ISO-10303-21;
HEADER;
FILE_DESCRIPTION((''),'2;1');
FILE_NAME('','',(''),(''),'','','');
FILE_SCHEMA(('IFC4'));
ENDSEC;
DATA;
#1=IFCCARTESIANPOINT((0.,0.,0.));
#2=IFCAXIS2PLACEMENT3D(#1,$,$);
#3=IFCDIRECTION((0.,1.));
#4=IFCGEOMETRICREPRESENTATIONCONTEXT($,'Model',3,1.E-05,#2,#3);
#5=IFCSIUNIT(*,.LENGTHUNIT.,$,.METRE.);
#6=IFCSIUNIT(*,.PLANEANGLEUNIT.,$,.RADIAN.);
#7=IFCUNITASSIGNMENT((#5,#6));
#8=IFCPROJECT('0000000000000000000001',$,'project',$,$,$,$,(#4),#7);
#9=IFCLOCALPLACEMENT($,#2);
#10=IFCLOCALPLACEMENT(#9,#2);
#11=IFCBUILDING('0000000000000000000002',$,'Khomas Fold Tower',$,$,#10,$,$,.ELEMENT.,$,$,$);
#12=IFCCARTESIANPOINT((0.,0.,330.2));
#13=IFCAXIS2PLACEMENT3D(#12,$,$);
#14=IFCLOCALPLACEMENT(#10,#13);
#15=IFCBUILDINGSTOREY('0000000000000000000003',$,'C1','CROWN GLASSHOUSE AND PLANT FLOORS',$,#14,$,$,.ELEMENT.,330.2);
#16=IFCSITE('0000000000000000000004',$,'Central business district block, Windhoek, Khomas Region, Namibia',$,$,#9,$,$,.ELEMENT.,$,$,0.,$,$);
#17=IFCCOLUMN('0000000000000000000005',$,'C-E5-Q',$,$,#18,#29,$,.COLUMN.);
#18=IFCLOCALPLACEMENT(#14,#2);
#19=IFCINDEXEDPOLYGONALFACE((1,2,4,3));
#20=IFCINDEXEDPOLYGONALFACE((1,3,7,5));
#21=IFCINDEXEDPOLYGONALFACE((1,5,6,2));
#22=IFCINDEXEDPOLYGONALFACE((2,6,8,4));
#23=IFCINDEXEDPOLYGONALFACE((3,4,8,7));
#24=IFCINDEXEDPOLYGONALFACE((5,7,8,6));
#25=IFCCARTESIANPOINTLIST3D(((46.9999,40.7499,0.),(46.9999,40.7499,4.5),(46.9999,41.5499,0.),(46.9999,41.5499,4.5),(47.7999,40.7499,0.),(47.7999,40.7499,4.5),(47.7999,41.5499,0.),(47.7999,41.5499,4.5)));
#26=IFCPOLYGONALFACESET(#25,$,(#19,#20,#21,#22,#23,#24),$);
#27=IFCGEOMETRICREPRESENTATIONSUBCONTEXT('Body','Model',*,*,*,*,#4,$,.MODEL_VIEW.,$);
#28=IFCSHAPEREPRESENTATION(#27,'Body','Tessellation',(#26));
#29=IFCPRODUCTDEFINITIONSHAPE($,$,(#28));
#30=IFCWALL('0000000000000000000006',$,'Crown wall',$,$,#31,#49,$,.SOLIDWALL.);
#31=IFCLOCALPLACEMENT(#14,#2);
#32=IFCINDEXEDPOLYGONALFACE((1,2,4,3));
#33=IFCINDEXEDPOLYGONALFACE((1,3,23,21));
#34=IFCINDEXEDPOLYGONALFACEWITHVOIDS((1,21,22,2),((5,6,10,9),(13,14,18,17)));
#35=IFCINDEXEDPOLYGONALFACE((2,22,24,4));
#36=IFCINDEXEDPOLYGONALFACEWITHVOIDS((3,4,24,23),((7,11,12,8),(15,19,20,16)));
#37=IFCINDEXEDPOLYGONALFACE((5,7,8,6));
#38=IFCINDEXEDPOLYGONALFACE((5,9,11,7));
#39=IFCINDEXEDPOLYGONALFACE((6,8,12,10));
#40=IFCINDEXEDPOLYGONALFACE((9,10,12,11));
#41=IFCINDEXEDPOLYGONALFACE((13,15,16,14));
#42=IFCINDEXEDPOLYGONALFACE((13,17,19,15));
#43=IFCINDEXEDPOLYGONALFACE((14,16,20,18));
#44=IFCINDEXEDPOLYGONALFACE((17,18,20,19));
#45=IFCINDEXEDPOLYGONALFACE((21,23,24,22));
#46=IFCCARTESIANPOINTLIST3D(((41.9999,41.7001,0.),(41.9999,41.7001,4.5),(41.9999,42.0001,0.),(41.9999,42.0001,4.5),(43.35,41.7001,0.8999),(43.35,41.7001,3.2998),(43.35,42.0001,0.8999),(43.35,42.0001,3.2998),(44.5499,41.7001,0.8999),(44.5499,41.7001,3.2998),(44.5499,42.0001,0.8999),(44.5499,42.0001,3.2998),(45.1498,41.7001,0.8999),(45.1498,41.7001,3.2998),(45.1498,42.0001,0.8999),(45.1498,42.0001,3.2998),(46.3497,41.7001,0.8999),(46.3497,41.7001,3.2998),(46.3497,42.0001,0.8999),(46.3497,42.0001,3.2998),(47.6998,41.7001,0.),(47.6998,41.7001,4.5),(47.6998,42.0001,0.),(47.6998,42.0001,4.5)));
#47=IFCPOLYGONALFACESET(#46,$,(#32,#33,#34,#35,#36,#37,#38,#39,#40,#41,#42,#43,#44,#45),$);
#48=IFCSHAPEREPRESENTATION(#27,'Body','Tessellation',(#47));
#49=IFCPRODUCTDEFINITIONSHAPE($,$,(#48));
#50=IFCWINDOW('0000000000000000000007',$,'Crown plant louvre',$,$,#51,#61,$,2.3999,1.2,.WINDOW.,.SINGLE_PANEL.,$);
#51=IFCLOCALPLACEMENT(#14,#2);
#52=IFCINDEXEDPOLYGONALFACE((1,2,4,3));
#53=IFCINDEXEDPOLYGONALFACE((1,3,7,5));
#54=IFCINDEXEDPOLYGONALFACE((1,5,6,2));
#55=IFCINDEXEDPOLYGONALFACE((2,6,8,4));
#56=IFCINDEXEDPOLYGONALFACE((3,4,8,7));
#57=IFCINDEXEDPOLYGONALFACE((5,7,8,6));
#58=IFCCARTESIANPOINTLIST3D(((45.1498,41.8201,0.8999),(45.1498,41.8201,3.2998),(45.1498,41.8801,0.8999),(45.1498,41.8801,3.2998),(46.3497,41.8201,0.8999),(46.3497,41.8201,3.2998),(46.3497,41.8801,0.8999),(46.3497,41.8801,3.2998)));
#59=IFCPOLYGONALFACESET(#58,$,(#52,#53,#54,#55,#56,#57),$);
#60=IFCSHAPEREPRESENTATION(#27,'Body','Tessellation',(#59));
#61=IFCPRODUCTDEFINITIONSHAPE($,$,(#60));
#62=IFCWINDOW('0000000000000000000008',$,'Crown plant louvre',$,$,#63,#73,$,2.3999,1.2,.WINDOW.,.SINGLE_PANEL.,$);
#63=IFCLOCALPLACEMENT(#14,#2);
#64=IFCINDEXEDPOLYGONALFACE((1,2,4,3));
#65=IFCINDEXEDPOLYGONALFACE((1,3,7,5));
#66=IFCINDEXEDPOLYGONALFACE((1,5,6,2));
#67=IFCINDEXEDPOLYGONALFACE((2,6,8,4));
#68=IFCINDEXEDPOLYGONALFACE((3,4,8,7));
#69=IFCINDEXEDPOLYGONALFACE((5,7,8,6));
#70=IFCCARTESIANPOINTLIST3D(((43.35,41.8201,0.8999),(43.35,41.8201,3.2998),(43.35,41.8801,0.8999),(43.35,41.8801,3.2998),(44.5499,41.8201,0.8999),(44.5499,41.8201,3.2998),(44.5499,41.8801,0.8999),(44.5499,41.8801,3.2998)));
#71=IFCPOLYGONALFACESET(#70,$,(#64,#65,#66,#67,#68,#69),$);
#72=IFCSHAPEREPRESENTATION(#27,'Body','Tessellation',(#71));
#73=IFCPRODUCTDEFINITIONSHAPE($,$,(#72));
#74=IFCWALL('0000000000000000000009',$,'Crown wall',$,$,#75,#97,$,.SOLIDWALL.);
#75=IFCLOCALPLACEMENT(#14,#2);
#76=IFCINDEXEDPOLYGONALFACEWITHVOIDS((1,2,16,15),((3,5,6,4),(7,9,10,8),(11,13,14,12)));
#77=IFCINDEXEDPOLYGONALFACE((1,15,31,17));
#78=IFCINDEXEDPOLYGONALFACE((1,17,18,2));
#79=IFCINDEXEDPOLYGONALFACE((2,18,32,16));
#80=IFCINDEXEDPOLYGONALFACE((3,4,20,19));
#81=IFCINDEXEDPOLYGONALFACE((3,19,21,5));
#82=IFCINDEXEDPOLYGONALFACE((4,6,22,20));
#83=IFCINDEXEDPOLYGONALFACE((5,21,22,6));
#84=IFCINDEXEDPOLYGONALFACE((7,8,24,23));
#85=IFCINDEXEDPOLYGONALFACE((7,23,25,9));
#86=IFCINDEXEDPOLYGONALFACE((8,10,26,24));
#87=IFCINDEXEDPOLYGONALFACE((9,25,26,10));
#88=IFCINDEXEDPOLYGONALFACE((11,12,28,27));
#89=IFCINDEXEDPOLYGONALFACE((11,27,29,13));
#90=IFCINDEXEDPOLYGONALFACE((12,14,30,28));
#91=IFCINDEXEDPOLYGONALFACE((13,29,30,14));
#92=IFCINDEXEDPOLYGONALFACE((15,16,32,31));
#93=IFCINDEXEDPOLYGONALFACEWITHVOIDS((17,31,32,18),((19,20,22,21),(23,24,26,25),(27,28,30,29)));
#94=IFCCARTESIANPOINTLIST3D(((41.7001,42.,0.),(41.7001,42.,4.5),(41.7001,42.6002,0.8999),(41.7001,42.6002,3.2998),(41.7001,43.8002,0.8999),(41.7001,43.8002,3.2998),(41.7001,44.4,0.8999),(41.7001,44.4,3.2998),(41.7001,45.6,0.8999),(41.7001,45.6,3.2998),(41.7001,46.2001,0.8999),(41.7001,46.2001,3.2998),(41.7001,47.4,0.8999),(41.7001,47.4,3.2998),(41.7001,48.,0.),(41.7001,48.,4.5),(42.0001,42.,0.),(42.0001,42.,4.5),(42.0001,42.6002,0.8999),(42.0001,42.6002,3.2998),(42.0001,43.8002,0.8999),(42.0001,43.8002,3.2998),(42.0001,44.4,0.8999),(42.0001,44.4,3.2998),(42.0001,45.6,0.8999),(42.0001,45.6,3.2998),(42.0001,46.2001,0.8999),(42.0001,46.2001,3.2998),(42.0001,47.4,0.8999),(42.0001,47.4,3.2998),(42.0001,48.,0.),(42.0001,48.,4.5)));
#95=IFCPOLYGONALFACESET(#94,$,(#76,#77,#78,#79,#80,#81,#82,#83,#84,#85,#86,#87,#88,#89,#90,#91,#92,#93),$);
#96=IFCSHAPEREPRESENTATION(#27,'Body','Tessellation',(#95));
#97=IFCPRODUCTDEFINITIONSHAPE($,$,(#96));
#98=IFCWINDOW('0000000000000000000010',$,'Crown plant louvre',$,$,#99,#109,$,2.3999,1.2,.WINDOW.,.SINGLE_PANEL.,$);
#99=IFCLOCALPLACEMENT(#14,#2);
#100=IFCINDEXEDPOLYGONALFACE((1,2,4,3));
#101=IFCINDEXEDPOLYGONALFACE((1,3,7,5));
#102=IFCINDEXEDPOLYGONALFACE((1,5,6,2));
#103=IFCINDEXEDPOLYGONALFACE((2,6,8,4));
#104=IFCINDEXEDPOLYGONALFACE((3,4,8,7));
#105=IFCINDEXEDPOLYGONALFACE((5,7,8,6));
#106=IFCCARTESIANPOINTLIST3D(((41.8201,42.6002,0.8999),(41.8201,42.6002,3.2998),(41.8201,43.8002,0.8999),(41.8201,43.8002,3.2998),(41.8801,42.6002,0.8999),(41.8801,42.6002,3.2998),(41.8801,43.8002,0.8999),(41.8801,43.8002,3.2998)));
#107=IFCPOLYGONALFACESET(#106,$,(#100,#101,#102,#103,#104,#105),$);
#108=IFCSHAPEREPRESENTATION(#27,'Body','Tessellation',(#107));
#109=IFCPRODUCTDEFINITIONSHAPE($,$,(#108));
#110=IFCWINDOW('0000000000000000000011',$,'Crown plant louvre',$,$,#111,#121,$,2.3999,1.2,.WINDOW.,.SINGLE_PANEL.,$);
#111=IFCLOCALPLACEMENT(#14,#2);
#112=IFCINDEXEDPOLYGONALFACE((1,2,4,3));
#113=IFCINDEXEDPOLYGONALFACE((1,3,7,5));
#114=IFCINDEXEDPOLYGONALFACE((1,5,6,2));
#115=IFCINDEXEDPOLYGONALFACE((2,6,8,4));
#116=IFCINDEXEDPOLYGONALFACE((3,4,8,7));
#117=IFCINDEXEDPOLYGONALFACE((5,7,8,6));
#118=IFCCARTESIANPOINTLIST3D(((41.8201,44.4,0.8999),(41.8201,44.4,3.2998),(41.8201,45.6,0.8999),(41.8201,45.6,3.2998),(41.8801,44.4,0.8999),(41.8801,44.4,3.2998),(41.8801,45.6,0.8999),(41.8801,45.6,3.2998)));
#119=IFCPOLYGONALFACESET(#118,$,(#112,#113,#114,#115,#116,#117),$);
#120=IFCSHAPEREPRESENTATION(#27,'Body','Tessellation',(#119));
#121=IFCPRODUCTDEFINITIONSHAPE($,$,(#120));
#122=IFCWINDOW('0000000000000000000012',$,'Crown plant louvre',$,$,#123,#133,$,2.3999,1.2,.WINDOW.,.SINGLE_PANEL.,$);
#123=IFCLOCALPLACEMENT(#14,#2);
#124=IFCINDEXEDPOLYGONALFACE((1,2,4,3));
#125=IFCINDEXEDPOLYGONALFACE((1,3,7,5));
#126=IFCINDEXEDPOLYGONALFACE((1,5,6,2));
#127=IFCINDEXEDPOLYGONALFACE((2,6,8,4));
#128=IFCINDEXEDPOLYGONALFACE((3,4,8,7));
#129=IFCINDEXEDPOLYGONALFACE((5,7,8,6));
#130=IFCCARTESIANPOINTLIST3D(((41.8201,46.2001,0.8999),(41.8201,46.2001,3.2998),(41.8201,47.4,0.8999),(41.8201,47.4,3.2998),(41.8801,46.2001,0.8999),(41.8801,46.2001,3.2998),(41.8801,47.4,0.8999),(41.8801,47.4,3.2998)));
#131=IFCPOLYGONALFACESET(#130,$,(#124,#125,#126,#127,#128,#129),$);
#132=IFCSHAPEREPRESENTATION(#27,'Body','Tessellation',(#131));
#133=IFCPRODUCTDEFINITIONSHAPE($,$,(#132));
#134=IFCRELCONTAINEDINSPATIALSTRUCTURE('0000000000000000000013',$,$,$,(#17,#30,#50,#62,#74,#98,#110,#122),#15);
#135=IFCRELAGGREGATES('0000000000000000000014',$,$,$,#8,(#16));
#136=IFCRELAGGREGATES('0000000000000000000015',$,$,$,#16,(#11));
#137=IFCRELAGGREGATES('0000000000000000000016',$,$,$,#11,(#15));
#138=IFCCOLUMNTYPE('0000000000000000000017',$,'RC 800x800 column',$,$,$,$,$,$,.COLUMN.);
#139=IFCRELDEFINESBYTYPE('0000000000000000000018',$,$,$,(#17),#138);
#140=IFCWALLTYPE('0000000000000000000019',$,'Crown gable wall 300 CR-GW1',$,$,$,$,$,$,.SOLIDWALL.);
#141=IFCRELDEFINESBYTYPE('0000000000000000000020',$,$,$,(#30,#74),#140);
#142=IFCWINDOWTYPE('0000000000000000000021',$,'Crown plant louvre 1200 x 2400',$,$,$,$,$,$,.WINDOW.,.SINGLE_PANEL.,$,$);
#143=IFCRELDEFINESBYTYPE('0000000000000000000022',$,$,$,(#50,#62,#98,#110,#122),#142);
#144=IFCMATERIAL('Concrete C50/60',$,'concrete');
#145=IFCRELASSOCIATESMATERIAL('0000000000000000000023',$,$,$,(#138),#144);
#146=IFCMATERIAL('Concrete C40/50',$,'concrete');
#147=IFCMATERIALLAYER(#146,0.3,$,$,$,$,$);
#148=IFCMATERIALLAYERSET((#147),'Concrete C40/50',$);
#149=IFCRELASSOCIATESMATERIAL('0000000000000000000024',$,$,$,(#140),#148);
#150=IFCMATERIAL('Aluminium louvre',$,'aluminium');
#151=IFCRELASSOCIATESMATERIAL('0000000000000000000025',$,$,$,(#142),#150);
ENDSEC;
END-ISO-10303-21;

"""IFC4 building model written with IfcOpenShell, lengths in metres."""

from ifc_helpers import new_model, si_unit, direction, frame, frame_2d, origin, origin_2d, place, context, subcontext, project, spatial, rectangle, extrude, source, transform, mapped, material, layer, layer_set, material_profile, profile_set, type_object, element, fill, save


model = new_model("IFC4")

# Units and contexts
model_context = context("Model", 3, precision=1e-05, world=origin(), true_north=direction((0.0, 1.0)))
body_context = subcontext(model_context, "Body", "Model", "MODEL_VIEW")
ifc_project = project(units=[si_unit("LENGTHUNIT", "METRE"), si_unit("PLANEANGLEUNIT", "RADIAN")], contexts=[model_context])

# Site, building, storey
site_placement = place(None, origin())
site = spatial("IfcSite", under=ifc_project, at=site_placement, Name="Central business district block, Windhoek, Khomas Region, Namibia", CompositionType="ELEMENT", RefElevation=0.0)
building_placement = place(site_placement, origin())
building = spatial("IfcBuilding", under=site, at=building_placement, Name="Khomas Fold Tower", CompositionType="ELEMENT")
storey_placement = place(building_placement, frame((0.0, 0.0, 330.2)))
storey = spatial("IfcBuildingStorey", under=building, at=storey_placement, Name="C1", Description="CROWN GLASSHOUSE AND PLANT FLOORS", CompositionType="ELEMENT", Elevation=330.2)

# Column
ifc_material_1 = material(Name="Concrete C50/60", Category="concrete")
ifc_material_profile = material_profile(ifc_material_1, rectangle(XDim=0.8, YDim=0.8, at=origin_2d()), Name="RC 800x800")
ifc_profile_set = profile_set([ifc_material_profile], Name="Concrete C50/60")
column_type = type_object("IfcColumnType", Name="RC 800x800 column", PredefinedType="COLUMN", material=ifc_profile_set)
shared_shape_1 = source(origin(), body_context, "Body", "SweptSolid", [
    extrude(rectangle(XDim=0.8, YDim=0.8, at=origin_2d()), origin(), (0.0, 0.0, 1.0), 4.5),
])
column_placement = place(storey_placement, frame((47.3999, 41.1499, 0.0), z_axis=(0.0, 0.0, 1.0), x_axis=(1.0, 0.0, 0.0)))
element("IfcColumn", 1, at=column_placement, inside=storey, type_object=column_type, Name="C-E5-Q", PredefinedType="COLUMN", context=body_context, shape_type="MappedRepresentation", body=[
    mapped(shared_shape_1, transform((0.0, 0.0, 0.0))),
])

# Walls, openings, windows
ifc_material_2 = material(Name="Concrete C40/50", Category="concrete")
ifc_layer = layer(ifc_material_2, 0.3)
ifc_layer_set = layer_set([ifc_layer], Name="Concrete C40/50")
wall_type = type_object("IfcWallType", Name="Crown gable wall 300 CR-GW1", PredefinedType="SOLIDWALL", material=ifc_layer_set)
shared_shape_2 = source(origin(), body_context, "Body", "SweptSolid", [
    extrude(rectangle(XDim=5.7, YDim=0.3, at=frame_2d((2.8501, 0.0))), origin(), (0.0, 0.0, 1.0), 4.5),
])
wall_1_placement = place(storey_placement, frame((47.7, 41.8501, 0.0), z_axis=(0.0, 0.0, 1.0), x_axis=(-1.0, 0.0, 0.0)))
wall_1 = element("IfcWall", 2, at=wall_1_placement, inside=storey, type_object=wall_type, Name="Crown wall", PredefinedType="SOLIDWALL", context=body_context, shape_type="MappedRepresentation", body=[
    mapped(shared_shape_2, transform((0.0, 0.0, 0.0))),
])
shared_shape_3 = source(origin(), body_context, "Body", "SweptSolid", [
    extrude(rectangle(XDim=1.2, YDim=2.3999, at=frame_2d((0.6001, 1.2))), frame((0.0, 0.1599, 0.0), z_axis=(0.0, -1.0, 0.0), x_axis=(1.0, 0.0, 0.0)), (0.0, 0.0, 1.0), 0.3201),
])
opening_1_placement = place(wall_1_placement, frame((1.3501, 0.0, 0.8999)))
opening_1 = element("IfcOpeningElement", 3, at=opening_1_placement, cuts=wall_1, PredefinedType="OPENING", context=body_context, shape_type="MappedRepresentation", body=[
    mapped(shared_shape_3, transform((0.0, 0.0, 0.0))),
])
opening_2_placement = place(wall_1_placement, frame((3.1499, 0.0, 0.8999)))
opening_2 = element("IfcOpeningElement", 4, at=opening_2_placement, cuts=wall_1, PredefinedType="OPENING", context=body_context, shape_type="MappedRepresentation", body=[
    mapped(shared_shape_3, transform((0.0, 0.0, 0.0))),
])
ifc_material_3 = material(Name="Aluminium louvre", Category="aluminium")
window_type = type_object("IfcWindowType", Name="Crown plant louvre 1200 x 2400", PartitioningType="SINGLE_PANEL", PredefinedType="WINDOW", material=ifc_material_3)
shared_shape_4 = source(origin(), body_context, "Body", "SweptSolid", [
    extrude(rectangle(XDim=1.2, YDim=2.3999, at=frame_2d((0.6001, 1.2))), frame((0.0, 0.03, 0.0), z_axis=(0.0, -1.0, 0.0), x_axis=(1.0, 0.0, 0.0)), (0.0, 0.0, 1.0), 0.0601),
])
window_1_placement = place(opening_1_placement, origin())
window_1 = element("IfcWindow", 5, at=window_1_placement, inside=storey, type_object=window_type, Name="Crown plant louvre", OverallHeight=2.3999, OverallWidth=1.2, PartitioningType="SINGLE_PANEL", PredefinedType="WINDOW", context=body_context, shape_type="MappedRepresentation", body=[
    mapped(shared_shape_4, transform((0.0, 0.0, 0.0))),
])
fill(opening_1, window_1)
window_2_placement = place(opening_2_placement, origin())
window_2 = element("IfcWindow", 6, at=window_2_placement, inside=storey, type_object=window_type, Name="Crown plant louvre", OverallHeight=2.3999, OverallWidth=1.2, PartitioningType="SINGLE_PANEL", PredefinedType="WINDOW", context=body_context, shape_type="MappedRepresentation", body=[
    mapped(shared_shape_4, transform((0.0, 0.0, 0.0))),
])
fill(opening_2, window_2)
shared_shape_5 = source(origin(), body_context, "Body", "SweptSolid", [
    extrude(rectangle(XDim=6.0, YDim=0.3, at=frame_2d((3.0, 0.0))), origin(), (0.0, 0.0, 1.0), 4.5),
])
wall_2_placement = place(storey_placement, frame((41.8501, 42.0, 0.0), z_axis=(0.0, 0.0, 1.0), x_axis=(0.0, 1.0, 0.0)))
wall_2 = element("IfcWall", 7, at=wall_2_placement, inside=storey, type_object=wall_type, Name="Crown wall", PredefinedType="SOLIDWALL", context=body_context, shape_type="MappedRepresentation", body=[
    mapped(shared_shape_5, transform((0.0, 0.0, 0.0))),
])
opening_3_placement = place(wall_2_placement, frame((0.6001, 0.0, 0.8999)))
opening_3 = element("IfcOpeningElement", 8, at=opening_3_placement, cuts=wall_2, PredefinedType="OPENING", context=body_context, shape_type="MappedRepresentation", body=[
    mapped(shared_shape_3, transform((0.0, 0.0, 0.0))),
])
opening_4_placement = place(wall_2_placement, frame((2.3999, 0.0, 0.8999)))
opening_4 = element("IfcOpeningElement", 9, at=opening_4_placement, cuts=wall_2, PredefinedType="OPENING", context=body_context, shape_type="MappedRepresentation", body=[
    mapped(shared_shape_3, transform((0.0, 0.0, 0.0))),
])
opening_5_placement = place(wall_2_placement, frame((4.2, 0.0, 0.8999)))
opening_5 = element("IfcOpeningElement", 10, at=opening_5_placement, cuts=wall_2, PredefinedType="OPENING", context=body_context, shape_type="MappedRepresentation", body=[
    mapped(shared_shape_3, transform((0.0, 0.0, 0.0))),
])
window_3_placement = place(opening_3_placement, origin())
window_3 = element("IfcWindow", 11, at=window_3_placement, inside=storey, type_object=window_type, Name="Crown plant louvre", OverallHeight=2.3999, OverallWidth=1.2, PartitioningType="SINGLE_PANEL", PredefinedType="WINDOW", context=body_context, shape_type="MappedRepresentation", body=[
    mapped(shared_shape_4, transform((0.0, 0.0, 0.0))),
])
fill(opening_3, window_3)
window_4_placement = place(opening_4_placement, origin())
window_4 = element("IfcWindow", 12, at=window_4_placement, inside=storey, type_object=window_type, Name="Crown plant louvre", OverallHeight=2.3999, OverallWidth=1.2, PartitioningType="SINGLE_PANEL", PredefinedType="WINDOW", context=body_context, shape_type="MappedRepresentation", body=[
    mapped(shared_shape_4, transform((0.0, 0.0, 0.0))),
])
fill(opening_4, window_4)
window_5_placement = place(opening_5_placement, origin())
window_5 = element("IfcWindow", 13, at=window_5_placement, inside=storey, type_object=window_type, Name="Crown plant louvre", OverallHeight=2.3999, OverallWidth=1.2, PartitioningType="SINGLE_PANEL", PredefinedType="WINDOW", context=body_context, shape_type="MappedRepresentation", body=[
    mapped(shared_shape_4, transform((0.0, 0.0, 0.0))),
])
fill(opening_5, window_5)

save(model, "model.ifc")
